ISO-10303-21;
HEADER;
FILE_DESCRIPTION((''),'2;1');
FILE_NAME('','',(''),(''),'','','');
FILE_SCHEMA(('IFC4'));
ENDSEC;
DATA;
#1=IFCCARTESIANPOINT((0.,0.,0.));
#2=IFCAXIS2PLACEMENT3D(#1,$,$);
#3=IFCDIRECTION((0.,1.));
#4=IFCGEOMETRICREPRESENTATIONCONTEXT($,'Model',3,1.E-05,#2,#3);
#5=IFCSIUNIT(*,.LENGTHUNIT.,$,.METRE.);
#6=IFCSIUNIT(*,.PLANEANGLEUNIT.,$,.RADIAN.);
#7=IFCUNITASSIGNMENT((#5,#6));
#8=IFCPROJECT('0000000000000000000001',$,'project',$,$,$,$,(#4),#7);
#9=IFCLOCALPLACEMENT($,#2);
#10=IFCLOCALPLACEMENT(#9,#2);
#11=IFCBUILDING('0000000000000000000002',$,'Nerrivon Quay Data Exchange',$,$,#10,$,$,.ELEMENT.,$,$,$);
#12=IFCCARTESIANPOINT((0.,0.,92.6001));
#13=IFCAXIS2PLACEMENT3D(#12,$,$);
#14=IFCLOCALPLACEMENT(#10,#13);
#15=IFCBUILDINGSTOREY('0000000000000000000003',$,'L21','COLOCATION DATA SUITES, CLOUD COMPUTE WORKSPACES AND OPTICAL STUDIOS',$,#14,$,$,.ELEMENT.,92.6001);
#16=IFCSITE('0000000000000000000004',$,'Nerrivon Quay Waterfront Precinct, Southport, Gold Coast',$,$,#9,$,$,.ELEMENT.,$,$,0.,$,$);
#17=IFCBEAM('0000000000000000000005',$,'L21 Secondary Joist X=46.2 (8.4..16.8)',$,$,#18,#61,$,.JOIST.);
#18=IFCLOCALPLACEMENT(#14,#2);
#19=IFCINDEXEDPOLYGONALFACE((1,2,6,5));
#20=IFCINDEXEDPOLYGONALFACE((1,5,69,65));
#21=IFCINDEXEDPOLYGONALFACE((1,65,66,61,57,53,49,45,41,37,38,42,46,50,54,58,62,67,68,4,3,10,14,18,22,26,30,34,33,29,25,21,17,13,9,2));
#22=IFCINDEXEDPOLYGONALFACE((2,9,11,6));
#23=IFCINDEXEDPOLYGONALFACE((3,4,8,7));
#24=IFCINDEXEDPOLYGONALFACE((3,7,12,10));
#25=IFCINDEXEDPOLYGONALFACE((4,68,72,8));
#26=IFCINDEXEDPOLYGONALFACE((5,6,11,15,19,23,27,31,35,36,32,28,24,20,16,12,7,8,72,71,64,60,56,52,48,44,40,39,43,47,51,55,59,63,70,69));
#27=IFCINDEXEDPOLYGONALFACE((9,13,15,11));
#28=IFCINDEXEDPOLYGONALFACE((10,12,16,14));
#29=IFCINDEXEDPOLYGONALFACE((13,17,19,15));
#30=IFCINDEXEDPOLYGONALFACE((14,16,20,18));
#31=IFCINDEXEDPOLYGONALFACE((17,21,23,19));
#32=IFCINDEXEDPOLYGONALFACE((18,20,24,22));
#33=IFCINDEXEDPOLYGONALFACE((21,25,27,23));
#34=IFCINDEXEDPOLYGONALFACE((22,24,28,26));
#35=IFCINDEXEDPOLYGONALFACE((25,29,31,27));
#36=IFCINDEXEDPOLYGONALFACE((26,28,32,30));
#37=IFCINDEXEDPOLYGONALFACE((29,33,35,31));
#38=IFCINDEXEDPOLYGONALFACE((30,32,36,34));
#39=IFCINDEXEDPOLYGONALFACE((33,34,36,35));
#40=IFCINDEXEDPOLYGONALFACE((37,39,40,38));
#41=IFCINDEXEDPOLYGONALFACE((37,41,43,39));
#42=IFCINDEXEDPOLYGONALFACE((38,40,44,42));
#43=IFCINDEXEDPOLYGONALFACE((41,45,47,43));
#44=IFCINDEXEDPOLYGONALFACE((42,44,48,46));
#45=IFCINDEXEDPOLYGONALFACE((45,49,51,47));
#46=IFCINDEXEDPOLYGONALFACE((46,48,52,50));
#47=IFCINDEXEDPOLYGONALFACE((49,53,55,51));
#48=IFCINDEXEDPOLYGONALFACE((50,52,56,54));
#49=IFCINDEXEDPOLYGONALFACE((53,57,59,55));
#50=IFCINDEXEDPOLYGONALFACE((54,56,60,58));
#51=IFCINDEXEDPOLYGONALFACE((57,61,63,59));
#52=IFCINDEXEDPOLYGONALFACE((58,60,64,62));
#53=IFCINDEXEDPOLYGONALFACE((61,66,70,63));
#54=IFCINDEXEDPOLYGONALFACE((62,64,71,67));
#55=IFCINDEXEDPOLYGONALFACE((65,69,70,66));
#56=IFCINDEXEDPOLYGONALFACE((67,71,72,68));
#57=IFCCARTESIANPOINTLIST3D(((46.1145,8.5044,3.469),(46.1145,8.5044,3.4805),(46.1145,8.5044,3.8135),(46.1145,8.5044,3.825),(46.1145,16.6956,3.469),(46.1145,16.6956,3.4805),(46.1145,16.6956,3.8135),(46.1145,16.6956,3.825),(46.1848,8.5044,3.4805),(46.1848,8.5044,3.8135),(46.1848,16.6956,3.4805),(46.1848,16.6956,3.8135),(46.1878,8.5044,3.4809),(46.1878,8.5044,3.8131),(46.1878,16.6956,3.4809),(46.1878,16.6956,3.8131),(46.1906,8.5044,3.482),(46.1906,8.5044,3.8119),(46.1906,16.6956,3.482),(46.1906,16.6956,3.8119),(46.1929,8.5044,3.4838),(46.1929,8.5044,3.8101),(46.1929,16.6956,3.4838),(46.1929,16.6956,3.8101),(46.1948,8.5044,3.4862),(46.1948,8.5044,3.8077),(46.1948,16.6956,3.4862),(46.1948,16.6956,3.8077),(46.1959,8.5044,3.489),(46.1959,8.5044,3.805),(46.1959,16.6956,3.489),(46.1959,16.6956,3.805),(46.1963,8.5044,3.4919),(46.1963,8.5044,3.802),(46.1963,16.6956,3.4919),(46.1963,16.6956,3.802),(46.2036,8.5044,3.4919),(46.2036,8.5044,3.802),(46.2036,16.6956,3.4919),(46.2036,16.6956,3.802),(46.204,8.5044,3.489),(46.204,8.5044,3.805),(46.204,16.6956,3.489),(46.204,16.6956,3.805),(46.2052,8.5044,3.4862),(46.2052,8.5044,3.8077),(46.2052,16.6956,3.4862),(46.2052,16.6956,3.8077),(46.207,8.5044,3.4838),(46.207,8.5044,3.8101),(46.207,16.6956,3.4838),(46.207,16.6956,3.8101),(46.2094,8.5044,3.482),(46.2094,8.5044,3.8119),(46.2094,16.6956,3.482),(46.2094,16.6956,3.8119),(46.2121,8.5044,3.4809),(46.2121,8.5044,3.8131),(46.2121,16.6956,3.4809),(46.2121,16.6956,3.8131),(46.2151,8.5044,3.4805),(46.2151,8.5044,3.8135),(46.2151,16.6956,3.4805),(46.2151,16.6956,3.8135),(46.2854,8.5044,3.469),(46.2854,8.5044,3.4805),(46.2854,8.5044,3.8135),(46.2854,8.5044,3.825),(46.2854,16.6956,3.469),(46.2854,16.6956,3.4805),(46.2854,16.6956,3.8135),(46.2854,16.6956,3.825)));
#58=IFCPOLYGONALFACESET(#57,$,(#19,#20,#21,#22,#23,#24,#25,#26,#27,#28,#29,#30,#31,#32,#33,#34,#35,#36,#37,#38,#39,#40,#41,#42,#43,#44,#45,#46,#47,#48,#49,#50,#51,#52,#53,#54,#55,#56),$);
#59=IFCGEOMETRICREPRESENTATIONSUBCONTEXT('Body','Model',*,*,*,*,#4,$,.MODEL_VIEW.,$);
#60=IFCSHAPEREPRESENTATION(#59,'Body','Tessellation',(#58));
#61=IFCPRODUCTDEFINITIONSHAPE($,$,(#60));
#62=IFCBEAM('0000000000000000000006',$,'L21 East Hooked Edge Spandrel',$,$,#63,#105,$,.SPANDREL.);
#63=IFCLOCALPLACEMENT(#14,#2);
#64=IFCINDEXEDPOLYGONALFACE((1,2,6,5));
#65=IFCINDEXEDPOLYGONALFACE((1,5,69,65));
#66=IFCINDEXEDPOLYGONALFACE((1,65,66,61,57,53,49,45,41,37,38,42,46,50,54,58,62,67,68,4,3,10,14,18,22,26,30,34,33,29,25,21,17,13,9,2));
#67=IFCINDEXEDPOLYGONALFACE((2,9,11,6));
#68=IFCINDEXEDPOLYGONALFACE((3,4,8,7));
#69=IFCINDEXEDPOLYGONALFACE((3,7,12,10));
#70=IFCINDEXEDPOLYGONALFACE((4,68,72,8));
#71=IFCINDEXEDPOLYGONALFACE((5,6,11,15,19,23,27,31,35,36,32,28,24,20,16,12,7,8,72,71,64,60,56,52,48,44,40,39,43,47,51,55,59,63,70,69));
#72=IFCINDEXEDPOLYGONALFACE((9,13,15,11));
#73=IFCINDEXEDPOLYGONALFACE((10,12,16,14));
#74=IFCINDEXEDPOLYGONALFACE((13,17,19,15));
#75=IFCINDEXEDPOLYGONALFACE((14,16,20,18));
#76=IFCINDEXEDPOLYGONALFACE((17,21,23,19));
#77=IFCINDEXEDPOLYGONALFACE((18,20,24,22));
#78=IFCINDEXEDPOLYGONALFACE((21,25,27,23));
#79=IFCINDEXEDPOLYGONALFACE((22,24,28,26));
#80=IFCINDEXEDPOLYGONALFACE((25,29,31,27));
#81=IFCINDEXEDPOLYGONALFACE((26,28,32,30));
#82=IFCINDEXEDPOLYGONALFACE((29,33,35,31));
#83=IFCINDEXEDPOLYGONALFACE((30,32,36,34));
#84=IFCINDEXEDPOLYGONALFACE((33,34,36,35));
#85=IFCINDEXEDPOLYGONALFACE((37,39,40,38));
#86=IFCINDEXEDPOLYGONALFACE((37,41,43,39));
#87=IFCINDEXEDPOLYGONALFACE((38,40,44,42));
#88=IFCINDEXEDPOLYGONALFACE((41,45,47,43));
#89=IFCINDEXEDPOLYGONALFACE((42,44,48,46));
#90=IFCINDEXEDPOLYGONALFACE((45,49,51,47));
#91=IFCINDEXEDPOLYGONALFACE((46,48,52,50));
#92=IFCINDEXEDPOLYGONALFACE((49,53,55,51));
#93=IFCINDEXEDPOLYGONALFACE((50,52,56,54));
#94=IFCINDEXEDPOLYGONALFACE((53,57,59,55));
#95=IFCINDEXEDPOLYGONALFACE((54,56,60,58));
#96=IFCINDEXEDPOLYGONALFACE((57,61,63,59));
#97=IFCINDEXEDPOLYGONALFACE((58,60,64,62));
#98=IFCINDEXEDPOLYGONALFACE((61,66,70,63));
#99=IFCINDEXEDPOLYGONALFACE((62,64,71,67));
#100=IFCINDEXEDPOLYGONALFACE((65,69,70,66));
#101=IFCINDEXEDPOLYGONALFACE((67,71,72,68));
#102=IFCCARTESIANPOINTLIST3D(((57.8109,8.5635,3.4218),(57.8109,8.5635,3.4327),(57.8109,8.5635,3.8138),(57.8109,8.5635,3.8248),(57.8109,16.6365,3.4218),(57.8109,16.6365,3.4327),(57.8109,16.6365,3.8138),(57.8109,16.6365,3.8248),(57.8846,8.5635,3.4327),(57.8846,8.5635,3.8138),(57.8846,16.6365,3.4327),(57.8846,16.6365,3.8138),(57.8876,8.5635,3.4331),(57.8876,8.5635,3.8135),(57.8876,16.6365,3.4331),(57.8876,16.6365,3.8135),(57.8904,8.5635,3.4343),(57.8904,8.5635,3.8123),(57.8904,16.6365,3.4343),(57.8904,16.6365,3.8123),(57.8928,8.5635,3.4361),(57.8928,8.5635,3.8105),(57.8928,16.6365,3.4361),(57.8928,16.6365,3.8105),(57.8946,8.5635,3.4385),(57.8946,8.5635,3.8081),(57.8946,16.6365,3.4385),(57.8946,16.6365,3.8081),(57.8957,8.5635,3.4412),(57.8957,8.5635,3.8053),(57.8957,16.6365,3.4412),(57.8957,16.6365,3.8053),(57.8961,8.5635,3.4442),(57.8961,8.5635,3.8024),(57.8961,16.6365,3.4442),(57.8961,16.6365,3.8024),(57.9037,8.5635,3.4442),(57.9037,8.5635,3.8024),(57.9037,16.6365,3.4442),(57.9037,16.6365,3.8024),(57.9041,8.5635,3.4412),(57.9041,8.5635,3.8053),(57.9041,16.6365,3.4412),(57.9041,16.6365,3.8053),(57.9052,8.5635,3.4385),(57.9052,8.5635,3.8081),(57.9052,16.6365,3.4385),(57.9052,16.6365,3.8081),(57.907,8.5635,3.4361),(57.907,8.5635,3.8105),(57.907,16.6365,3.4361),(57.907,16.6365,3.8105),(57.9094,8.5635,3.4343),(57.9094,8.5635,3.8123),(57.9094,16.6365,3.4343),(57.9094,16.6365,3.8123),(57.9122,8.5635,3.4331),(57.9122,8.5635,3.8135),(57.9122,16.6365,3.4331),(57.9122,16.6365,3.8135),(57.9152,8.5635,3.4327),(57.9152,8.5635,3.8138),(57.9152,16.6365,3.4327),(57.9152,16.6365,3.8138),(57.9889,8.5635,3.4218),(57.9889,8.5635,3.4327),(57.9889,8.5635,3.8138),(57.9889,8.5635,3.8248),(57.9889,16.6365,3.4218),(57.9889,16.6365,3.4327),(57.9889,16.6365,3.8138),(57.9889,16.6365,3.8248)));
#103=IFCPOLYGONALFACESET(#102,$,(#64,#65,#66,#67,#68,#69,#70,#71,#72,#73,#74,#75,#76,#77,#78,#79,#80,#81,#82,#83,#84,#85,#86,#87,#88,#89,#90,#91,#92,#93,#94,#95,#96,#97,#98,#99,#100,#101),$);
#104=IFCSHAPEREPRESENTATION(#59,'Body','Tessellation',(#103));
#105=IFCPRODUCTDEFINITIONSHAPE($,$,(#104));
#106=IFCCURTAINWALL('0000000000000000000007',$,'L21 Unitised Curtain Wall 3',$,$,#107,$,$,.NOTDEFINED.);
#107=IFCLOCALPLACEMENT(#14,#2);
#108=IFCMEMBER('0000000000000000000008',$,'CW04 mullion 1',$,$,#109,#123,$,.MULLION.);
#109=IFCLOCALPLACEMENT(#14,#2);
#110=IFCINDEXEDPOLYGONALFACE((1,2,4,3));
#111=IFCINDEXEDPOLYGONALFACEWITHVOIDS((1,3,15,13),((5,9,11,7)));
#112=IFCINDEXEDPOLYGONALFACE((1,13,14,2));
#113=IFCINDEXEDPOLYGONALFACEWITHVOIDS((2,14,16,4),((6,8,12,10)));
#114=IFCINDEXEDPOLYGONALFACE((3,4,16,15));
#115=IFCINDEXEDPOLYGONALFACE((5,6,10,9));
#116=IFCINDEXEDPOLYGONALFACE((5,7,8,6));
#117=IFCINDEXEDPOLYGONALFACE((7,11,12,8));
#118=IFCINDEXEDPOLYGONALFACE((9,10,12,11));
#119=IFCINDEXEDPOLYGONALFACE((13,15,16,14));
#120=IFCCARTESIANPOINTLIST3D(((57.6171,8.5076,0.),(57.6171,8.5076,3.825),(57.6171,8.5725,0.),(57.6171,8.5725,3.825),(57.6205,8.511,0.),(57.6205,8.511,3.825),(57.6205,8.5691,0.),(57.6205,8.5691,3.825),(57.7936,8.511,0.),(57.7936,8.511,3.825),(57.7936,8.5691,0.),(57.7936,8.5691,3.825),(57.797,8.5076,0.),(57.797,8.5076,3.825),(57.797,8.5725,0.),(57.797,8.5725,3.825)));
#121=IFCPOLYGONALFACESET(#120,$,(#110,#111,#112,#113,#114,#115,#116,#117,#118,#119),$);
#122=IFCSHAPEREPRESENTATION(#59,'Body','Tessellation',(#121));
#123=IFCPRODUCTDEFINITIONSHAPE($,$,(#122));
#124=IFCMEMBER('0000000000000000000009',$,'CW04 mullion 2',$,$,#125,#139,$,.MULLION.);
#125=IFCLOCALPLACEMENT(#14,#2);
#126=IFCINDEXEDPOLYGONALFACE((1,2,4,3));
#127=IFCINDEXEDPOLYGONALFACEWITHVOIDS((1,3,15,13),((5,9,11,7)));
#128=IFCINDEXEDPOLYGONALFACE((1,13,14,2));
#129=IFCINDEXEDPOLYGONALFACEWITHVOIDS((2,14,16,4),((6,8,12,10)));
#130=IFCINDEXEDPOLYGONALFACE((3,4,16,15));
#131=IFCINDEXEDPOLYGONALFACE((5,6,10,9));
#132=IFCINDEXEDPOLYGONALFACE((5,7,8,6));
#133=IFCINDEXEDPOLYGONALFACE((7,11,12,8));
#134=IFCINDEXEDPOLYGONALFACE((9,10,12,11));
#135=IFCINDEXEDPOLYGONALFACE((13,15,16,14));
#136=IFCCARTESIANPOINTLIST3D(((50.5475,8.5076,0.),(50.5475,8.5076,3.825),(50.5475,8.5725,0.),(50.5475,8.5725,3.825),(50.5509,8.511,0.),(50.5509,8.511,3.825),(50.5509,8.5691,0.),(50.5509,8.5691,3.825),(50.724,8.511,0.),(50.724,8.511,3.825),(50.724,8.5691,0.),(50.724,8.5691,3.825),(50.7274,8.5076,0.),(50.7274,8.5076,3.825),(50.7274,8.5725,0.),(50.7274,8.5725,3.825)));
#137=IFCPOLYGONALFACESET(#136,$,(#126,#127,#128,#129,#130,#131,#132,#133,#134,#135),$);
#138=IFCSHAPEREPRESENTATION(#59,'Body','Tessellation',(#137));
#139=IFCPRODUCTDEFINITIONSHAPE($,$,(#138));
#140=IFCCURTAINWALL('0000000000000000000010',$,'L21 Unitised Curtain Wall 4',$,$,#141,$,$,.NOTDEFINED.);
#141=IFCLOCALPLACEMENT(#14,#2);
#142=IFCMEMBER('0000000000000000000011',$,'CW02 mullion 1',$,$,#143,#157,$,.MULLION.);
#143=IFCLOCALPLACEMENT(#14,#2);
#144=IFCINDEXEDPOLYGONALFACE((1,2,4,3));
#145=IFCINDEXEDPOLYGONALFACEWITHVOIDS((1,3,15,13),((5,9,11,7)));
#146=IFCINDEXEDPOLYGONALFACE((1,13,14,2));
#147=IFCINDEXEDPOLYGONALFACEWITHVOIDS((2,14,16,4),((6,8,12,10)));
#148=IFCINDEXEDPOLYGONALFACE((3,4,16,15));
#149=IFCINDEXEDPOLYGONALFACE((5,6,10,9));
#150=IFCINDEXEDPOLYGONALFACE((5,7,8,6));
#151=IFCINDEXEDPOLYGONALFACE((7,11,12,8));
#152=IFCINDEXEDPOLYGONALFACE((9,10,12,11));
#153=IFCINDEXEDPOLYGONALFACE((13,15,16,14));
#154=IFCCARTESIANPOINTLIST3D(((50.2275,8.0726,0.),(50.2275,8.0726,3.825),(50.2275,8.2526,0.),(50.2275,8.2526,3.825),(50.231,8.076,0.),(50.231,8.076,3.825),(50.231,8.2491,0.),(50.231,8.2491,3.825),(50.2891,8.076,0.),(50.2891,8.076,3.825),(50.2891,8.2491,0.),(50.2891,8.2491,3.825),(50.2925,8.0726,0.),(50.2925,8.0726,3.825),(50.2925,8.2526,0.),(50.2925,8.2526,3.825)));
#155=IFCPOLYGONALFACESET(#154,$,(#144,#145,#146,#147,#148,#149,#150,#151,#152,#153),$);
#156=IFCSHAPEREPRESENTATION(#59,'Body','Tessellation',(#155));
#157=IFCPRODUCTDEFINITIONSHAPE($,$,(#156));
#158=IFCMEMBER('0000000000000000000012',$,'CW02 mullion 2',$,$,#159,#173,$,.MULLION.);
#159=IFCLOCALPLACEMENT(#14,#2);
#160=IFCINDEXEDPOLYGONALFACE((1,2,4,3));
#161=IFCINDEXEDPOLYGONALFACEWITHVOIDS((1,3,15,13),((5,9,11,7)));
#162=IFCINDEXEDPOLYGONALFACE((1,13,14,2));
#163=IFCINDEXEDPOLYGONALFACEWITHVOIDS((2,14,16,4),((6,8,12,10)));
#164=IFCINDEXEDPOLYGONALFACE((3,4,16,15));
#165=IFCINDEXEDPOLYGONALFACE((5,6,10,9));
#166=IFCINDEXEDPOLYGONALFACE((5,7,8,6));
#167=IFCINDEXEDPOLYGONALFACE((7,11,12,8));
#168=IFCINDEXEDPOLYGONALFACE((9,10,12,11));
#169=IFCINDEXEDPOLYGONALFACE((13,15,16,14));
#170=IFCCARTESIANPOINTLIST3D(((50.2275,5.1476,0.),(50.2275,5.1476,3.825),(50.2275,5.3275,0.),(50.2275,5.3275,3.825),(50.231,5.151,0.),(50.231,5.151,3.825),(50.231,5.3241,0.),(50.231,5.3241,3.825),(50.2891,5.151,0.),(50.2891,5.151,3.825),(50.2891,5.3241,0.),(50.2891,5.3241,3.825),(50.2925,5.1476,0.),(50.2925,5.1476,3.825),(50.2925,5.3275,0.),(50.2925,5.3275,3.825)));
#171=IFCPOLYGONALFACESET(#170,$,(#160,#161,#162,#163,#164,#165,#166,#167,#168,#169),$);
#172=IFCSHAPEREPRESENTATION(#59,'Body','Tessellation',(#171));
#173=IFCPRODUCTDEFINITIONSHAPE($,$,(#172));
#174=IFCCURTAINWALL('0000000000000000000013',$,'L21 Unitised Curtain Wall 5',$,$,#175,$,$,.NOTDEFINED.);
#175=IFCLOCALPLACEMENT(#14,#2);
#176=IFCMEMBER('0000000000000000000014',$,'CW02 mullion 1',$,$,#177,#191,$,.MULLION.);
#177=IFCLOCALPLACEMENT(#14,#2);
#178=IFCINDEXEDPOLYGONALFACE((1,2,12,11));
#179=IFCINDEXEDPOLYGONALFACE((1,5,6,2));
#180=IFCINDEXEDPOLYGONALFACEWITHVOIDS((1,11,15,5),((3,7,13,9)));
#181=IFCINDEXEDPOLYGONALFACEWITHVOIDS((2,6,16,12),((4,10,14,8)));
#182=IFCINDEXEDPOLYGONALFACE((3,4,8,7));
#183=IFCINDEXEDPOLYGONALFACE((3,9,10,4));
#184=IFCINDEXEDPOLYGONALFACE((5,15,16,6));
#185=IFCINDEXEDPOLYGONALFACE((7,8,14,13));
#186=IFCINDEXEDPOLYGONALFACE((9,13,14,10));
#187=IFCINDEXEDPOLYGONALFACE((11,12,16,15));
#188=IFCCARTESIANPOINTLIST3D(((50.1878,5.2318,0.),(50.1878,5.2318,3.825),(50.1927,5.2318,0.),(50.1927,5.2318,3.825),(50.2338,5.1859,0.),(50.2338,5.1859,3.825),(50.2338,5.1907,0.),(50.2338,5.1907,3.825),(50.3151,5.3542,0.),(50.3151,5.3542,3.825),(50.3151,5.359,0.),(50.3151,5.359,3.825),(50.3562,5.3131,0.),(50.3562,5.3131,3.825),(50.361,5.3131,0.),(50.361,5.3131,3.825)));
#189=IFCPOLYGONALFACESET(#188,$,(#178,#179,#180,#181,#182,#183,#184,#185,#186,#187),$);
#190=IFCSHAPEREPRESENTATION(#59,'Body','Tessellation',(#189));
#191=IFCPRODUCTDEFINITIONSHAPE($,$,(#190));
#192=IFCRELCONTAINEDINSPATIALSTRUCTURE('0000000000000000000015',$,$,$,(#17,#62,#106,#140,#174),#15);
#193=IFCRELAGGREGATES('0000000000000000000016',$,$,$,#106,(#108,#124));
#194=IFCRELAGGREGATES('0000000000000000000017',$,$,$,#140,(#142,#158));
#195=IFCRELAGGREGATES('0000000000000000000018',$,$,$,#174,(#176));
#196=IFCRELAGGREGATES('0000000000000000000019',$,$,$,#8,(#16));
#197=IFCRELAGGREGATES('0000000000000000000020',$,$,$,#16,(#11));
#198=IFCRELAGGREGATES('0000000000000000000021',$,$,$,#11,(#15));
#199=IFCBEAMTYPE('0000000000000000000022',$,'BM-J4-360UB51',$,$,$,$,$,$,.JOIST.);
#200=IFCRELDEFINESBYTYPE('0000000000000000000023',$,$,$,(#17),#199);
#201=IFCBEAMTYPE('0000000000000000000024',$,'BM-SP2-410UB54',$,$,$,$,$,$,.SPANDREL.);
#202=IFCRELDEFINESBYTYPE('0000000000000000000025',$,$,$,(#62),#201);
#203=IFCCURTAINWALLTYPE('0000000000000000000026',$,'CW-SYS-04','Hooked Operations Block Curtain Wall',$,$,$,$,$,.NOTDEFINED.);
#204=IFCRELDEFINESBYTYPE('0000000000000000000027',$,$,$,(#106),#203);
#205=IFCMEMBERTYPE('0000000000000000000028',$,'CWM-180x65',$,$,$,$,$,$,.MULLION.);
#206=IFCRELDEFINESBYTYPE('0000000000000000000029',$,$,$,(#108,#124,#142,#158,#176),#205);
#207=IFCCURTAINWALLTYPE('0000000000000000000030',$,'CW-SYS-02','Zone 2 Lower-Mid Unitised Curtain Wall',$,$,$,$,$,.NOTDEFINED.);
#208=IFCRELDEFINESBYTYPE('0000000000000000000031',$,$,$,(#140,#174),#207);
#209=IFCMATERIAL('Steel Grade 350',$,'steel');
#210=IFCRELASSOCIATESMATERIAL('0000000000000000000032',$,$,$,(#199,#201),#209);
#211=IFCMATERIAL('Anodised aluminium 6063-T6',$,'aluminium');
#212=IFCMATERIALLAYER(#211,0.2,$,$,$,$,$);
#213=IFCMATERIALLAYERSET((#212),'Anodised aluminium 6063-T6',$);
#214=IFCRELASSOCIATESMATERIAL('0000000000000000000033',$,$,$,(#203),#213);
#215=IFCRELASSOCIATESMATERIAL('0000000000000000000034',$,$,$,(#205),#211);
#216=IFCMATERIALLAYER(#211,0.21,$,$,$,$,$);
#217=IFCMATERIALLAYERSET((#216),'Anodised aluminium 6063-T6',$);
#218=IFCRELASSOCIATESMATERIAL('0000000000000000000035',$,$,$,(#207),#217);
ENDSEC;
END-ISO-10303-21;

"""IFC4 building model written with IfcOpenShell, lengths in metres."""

from ifc_helpers import new_model, si_unit, direction, frame, origin, origin_2d, place, context, subcontext, project, spatial, hollow_rectangle, i_section, extrude, material, layer, layer_set, material_profile, profile_set, type_object, element, aggregate, save


model = new_model("IFC4")

# Units and contexts
model_context = context("Model", 3, precision=1e-05, world=origin(), true_north=direction((0.0, 1.0)))
body_context = subcontext(model_context, "Body", "Model", "MODEL_VIEW")
ifc_project = project(units=[si_unit("LENGTHUNIT", "METRE"), si_unit("PLANEANGLEUNIT", "RADIAN")], contexts=[model_context])

# Site, building, storey
site_placement = place(None, origin())
site = spatial("IfcSite", under=ifc_project, at=site_placement, Name="Nerrivon Quay Waterfront Precinct, Southport, Gold Coast", CompositionType="ELEMENT", RefElevation=0.0)
building_placement = place(site_placement, origin())
building = spatial("IfcBuilding", under=site, at=building_placement, Name="Nerrivon Quay Data Exchange", CompositionType="ELEMENT")
storey_placement = place(building_placement, frame((0.0, 0.0, 92.6001)))
storey = spatial("IfcBuildingStorey", under=building, at=storey_placement, Name="L21", Description="COLOCATION DATA SUITES, CLOUD COMPUTE WORKSPACES AND OPTICAL STUDIOS", CompositionType="ELEMENT", Elevation=92.6001)

# Shared definitions
ifc_material_1 = material(Name="Steel Grade 350", Category="steel")

# Beams
ifc_material_profile_1 = material_profile(ifc_material_1, i_section(OverallWidth=0.1709, OverallDepth=0.356, WebThickness=0.0073, FlangeThickness=0.0115, FilletRadius=0.0115, at=origin_2d()), Name="360UB50.7")
ifc_profile_set_1 = profile_set([ifc_material_profile_1], Name="Steel Grade 350")
beam_type_1 = type_object("IfcBeamType", Name="BM-J4-360UB51", PredefinedType="JOIST", material=ifc_profile_set_1)
beam_1_placement = place(storey_placement, frame((46.2, 8.5044, 3.647), z_axis=(0.0, 1.0, 0.0), x_axis=(-1.0, 0.0, 0.0)))
element("IfcBeam", 1, at=beam_1_placement, inside=storey, type_object=beam_type_1, Name="L21 Secondary Joist X=46.2 (8.4..16.8)", PredefinedType="JOIST", context=body_context, shape_type="SweptSolid", body=[
    extrude(i_section(OverallWidth=0.1709, OverallDepth=0.356, WebThickness=0.0073, FlangeThickness=0.0115, FilletRadius=0.0115, at=origin_2d()), origin(), (0.0, 0.0, 1.0), 8.1912),
])
ifc_material_profile_2 = material_profile(ifc_material_1, i_section(OverallWidth=0.178, OverallDepth=0.4031, WebThickness=0.0076, FlangeThickness=0.011, FilletRadius=0.0115, at=origin_2d()), Name="410UB53.7")
ifc_profile_set_2 = profile_set([ifc_material_profile_2], Name="Steel Grade 350")
beam_type_2 = type_object("IfcBeamType", Name="BM-SP2-410UB54", PredefinedType="SPANDREL", material=ifc_profile_set_2)
beam_2_placement = place(storey_placement, frame((57.8999, 8.5635, 3.6233), z_axis=(0.0, 1.0, 0.0), x_axis=(-1.0, 0.0, 0.0)))
element("IfcBeam", 2, at=beam_2_placement, inside=storey, type_object=beam_type_2, Name="L21 East Hooked Edge Spandrel", PredefinedType="SPANDREL", context=body_context, shape_type="SweptSolid", body=[
    extrude(i_section(OverallWidth=0.178, OverallDepth=0.4031, WebThickness=0.0076, FlangeThickness=0.011, FilletRadius=0.0115, at=origin_2d()), origin(), (0.0, 0.0, 1.0), 8.073),
])

# Curtain walls, members
ifc_material_2 = material(Name="Anodised aluminium 6063-T6", Category="aluminium")
ifc_layer_1 = layer(ifc_material_2, 0.2)
ifc_layer_set_1 = layer_set([ifc_layer_1], Name="Anodised aluminium 6063-T6")
curtain_wall_type_1 = type_object("IfcCurtainWallType", Name="CW-SYS-04", Description="Hooked Operations Block Curtain Wall", PredefinedType="NOTDEFINED", material=ifc_layer_set_1)
curtain_wall_1_placement = place(storey_placement, origin())
curtain_wall_1 = element("IfcCurtainWall", 3, at=curtain_wall_1_placement, inside=storey, type_object=curtain_wall_type_1, Name="L21 Unitised Curtain Wall 3", PredefinedType="NOTDEFINED")
ifc_material_profile_3 = material_profile(ifc_material_2, hollow_rectangle(XDim=0.0649, YDim=0.1799, WallThickness=0.0034, at=origin_2d()), Name="ALU-MULL-180x65")
ifc_profile_set_3 = profile_set([ifc_material_profile_3], Name="Anodised aluminium 6063-T6")
member_type_1 = type_object("IfcMemberType", Name="CWM-180x65", PredefinedType="MULLION", material=ifc_profile_set_3)
member_1_placement = place(storey_placement, frame((57.707, 8.54, 0.0), z_axis=(0.0, 0.0, 1.0), x_axis=(0.0, -1.0, 0.0)))
member_1 = element("IfcMember", 4, at=member_1_placement, type_object=member_type_1, Name="CW04 mullion 1", PredefinedType="MULLION", context=body_context, shape_type="SweptSolid", body=[
    extrude(hollow_rectangle(XDim=0.0649, YDim=0.1799, WallThickness=0.0034, at=origin_2d()), origin(), (0.0, 0.0, 1.0), 3.825),
])
member_2_placement = place(storey_placement, frame((50.6375, 8.54, 0.0), z_axis=(0.0, 0.0, 1.0), x_axis=(0.0, -1.0, 0.0)))
member_2 = element("IfcMember", 5, at=member_2_placement, type_object=member_type_1, Name="CW04 mullion 2", PredefinedType="MULLION", context=body_context, shape_type="SweptSolid", body=[
    extrude(hollow_rectangle(XDim=0.0649, YDim=0.1799, WallThickness=0.0034, at=origin_2d()), origin(), (0.0, 0.0, 1.0), 3.825),
])
ifc_layer_2 = layer(ifc_material_2, 0.21)
ifc_layer_set_2 = layer_set([ifc_layer_2], Name="Anodised aluminium 6063-T6")
curtain_wall_type_2 = type_object("IfcCurtainWallType", Name="CW-SYS-02", Description="Zone 2 Lower-Mid Unitised Curtain Wall", PredefinedType="NOTDEFINED", material=ifc_layer_set_2)
curtain_wall_2_placement = place(storey_placement, origin())
curtain_wall_2 = element("IfcCurtainWall", 6, at=curtain_wall_2_placement, inside=storey, type_object=curtain_wall_type_2, Name="L21 Unitised Curtain Wall 4", PredefinedType="NOTDEFINED")
member_3_placement = place(storey_placement, frame((50.26, 8.1626, 0.0), z_axis=(0.0, 0.0, 1.0), x_axis=(1.0, 0.0, 0.0)))
member_3 = element("IfcMember", 7, at=member_3_placement, type_object=member_type_1, Name="CW02 mullion 1", PredefinedType="MULLION", context=body_context, shape_type="SweptSolid", body=[
    extrude(hollow_rectangle(XDim=0.0649, YDim=0.1799, WallThickness=0.0034, at=origin_2d()), origin(), (0.0, 0.0, 1.0), 3.825),
])
member_4_placement = place(storey_placement, frame((50.26, 5.2375, 0.0), z_axis=(0.0, 0.0, 1.0), x_axis=(1.0, 0.0, 0.0)))
member_4 = element("IfcMember", 8, at=member_4_placement, type_object=member_type_1, Name="CW02 mullion 2", PredefinedType="MULLION", context=body_context, shape_type="SweptSolid", body=[
    extrude(hollow_rectangle(XDim=0.0649, YDim=0.1799, WallThickness=0.0034, at=origin_2d()), origin(), (0.0, 0.0, 1.0), 3.825),
])
curtain_wall_3_placement = place(storey_placement, origin())
curtain_wall_3 = element("IfcCurtainWall", 9, at=curtain_wall_3_placement, inside=storey, type_object=curtain_wall_type_2, Name="L21 Unitised Curtain Wall 5", PredefinedType="NOTDEFINED")
member_5_placement = place(storey_placement, frame((50.2744, 5.2725, 0.0), z_axis=(0.0, 0.0, 1.0), x_axis=(0.707107, -0.707107, 0.0)))
member_5 = element("IfcMember", 10, at=member_5_placement, type_object=member_type_1, Name="CW02 mullion 1", PredefinedType="MULLION", context=body_context, shape_type="SweptSolid", body=[
    extrude(hollow_rectangle(XDim=0.0649, YDim=0.1799, WallThickness=0.0034, at=origin_2d()), origin(), (0.0, 0.0, 1.0), 3.825),
])

aggregate(curtain_wall_1, [member_1, member_2])
aggregate(curtain_wall_2, [member_3, member_4])
aggregate(curtain_wall_3, [member_5])

save(model, "model.ifc")
